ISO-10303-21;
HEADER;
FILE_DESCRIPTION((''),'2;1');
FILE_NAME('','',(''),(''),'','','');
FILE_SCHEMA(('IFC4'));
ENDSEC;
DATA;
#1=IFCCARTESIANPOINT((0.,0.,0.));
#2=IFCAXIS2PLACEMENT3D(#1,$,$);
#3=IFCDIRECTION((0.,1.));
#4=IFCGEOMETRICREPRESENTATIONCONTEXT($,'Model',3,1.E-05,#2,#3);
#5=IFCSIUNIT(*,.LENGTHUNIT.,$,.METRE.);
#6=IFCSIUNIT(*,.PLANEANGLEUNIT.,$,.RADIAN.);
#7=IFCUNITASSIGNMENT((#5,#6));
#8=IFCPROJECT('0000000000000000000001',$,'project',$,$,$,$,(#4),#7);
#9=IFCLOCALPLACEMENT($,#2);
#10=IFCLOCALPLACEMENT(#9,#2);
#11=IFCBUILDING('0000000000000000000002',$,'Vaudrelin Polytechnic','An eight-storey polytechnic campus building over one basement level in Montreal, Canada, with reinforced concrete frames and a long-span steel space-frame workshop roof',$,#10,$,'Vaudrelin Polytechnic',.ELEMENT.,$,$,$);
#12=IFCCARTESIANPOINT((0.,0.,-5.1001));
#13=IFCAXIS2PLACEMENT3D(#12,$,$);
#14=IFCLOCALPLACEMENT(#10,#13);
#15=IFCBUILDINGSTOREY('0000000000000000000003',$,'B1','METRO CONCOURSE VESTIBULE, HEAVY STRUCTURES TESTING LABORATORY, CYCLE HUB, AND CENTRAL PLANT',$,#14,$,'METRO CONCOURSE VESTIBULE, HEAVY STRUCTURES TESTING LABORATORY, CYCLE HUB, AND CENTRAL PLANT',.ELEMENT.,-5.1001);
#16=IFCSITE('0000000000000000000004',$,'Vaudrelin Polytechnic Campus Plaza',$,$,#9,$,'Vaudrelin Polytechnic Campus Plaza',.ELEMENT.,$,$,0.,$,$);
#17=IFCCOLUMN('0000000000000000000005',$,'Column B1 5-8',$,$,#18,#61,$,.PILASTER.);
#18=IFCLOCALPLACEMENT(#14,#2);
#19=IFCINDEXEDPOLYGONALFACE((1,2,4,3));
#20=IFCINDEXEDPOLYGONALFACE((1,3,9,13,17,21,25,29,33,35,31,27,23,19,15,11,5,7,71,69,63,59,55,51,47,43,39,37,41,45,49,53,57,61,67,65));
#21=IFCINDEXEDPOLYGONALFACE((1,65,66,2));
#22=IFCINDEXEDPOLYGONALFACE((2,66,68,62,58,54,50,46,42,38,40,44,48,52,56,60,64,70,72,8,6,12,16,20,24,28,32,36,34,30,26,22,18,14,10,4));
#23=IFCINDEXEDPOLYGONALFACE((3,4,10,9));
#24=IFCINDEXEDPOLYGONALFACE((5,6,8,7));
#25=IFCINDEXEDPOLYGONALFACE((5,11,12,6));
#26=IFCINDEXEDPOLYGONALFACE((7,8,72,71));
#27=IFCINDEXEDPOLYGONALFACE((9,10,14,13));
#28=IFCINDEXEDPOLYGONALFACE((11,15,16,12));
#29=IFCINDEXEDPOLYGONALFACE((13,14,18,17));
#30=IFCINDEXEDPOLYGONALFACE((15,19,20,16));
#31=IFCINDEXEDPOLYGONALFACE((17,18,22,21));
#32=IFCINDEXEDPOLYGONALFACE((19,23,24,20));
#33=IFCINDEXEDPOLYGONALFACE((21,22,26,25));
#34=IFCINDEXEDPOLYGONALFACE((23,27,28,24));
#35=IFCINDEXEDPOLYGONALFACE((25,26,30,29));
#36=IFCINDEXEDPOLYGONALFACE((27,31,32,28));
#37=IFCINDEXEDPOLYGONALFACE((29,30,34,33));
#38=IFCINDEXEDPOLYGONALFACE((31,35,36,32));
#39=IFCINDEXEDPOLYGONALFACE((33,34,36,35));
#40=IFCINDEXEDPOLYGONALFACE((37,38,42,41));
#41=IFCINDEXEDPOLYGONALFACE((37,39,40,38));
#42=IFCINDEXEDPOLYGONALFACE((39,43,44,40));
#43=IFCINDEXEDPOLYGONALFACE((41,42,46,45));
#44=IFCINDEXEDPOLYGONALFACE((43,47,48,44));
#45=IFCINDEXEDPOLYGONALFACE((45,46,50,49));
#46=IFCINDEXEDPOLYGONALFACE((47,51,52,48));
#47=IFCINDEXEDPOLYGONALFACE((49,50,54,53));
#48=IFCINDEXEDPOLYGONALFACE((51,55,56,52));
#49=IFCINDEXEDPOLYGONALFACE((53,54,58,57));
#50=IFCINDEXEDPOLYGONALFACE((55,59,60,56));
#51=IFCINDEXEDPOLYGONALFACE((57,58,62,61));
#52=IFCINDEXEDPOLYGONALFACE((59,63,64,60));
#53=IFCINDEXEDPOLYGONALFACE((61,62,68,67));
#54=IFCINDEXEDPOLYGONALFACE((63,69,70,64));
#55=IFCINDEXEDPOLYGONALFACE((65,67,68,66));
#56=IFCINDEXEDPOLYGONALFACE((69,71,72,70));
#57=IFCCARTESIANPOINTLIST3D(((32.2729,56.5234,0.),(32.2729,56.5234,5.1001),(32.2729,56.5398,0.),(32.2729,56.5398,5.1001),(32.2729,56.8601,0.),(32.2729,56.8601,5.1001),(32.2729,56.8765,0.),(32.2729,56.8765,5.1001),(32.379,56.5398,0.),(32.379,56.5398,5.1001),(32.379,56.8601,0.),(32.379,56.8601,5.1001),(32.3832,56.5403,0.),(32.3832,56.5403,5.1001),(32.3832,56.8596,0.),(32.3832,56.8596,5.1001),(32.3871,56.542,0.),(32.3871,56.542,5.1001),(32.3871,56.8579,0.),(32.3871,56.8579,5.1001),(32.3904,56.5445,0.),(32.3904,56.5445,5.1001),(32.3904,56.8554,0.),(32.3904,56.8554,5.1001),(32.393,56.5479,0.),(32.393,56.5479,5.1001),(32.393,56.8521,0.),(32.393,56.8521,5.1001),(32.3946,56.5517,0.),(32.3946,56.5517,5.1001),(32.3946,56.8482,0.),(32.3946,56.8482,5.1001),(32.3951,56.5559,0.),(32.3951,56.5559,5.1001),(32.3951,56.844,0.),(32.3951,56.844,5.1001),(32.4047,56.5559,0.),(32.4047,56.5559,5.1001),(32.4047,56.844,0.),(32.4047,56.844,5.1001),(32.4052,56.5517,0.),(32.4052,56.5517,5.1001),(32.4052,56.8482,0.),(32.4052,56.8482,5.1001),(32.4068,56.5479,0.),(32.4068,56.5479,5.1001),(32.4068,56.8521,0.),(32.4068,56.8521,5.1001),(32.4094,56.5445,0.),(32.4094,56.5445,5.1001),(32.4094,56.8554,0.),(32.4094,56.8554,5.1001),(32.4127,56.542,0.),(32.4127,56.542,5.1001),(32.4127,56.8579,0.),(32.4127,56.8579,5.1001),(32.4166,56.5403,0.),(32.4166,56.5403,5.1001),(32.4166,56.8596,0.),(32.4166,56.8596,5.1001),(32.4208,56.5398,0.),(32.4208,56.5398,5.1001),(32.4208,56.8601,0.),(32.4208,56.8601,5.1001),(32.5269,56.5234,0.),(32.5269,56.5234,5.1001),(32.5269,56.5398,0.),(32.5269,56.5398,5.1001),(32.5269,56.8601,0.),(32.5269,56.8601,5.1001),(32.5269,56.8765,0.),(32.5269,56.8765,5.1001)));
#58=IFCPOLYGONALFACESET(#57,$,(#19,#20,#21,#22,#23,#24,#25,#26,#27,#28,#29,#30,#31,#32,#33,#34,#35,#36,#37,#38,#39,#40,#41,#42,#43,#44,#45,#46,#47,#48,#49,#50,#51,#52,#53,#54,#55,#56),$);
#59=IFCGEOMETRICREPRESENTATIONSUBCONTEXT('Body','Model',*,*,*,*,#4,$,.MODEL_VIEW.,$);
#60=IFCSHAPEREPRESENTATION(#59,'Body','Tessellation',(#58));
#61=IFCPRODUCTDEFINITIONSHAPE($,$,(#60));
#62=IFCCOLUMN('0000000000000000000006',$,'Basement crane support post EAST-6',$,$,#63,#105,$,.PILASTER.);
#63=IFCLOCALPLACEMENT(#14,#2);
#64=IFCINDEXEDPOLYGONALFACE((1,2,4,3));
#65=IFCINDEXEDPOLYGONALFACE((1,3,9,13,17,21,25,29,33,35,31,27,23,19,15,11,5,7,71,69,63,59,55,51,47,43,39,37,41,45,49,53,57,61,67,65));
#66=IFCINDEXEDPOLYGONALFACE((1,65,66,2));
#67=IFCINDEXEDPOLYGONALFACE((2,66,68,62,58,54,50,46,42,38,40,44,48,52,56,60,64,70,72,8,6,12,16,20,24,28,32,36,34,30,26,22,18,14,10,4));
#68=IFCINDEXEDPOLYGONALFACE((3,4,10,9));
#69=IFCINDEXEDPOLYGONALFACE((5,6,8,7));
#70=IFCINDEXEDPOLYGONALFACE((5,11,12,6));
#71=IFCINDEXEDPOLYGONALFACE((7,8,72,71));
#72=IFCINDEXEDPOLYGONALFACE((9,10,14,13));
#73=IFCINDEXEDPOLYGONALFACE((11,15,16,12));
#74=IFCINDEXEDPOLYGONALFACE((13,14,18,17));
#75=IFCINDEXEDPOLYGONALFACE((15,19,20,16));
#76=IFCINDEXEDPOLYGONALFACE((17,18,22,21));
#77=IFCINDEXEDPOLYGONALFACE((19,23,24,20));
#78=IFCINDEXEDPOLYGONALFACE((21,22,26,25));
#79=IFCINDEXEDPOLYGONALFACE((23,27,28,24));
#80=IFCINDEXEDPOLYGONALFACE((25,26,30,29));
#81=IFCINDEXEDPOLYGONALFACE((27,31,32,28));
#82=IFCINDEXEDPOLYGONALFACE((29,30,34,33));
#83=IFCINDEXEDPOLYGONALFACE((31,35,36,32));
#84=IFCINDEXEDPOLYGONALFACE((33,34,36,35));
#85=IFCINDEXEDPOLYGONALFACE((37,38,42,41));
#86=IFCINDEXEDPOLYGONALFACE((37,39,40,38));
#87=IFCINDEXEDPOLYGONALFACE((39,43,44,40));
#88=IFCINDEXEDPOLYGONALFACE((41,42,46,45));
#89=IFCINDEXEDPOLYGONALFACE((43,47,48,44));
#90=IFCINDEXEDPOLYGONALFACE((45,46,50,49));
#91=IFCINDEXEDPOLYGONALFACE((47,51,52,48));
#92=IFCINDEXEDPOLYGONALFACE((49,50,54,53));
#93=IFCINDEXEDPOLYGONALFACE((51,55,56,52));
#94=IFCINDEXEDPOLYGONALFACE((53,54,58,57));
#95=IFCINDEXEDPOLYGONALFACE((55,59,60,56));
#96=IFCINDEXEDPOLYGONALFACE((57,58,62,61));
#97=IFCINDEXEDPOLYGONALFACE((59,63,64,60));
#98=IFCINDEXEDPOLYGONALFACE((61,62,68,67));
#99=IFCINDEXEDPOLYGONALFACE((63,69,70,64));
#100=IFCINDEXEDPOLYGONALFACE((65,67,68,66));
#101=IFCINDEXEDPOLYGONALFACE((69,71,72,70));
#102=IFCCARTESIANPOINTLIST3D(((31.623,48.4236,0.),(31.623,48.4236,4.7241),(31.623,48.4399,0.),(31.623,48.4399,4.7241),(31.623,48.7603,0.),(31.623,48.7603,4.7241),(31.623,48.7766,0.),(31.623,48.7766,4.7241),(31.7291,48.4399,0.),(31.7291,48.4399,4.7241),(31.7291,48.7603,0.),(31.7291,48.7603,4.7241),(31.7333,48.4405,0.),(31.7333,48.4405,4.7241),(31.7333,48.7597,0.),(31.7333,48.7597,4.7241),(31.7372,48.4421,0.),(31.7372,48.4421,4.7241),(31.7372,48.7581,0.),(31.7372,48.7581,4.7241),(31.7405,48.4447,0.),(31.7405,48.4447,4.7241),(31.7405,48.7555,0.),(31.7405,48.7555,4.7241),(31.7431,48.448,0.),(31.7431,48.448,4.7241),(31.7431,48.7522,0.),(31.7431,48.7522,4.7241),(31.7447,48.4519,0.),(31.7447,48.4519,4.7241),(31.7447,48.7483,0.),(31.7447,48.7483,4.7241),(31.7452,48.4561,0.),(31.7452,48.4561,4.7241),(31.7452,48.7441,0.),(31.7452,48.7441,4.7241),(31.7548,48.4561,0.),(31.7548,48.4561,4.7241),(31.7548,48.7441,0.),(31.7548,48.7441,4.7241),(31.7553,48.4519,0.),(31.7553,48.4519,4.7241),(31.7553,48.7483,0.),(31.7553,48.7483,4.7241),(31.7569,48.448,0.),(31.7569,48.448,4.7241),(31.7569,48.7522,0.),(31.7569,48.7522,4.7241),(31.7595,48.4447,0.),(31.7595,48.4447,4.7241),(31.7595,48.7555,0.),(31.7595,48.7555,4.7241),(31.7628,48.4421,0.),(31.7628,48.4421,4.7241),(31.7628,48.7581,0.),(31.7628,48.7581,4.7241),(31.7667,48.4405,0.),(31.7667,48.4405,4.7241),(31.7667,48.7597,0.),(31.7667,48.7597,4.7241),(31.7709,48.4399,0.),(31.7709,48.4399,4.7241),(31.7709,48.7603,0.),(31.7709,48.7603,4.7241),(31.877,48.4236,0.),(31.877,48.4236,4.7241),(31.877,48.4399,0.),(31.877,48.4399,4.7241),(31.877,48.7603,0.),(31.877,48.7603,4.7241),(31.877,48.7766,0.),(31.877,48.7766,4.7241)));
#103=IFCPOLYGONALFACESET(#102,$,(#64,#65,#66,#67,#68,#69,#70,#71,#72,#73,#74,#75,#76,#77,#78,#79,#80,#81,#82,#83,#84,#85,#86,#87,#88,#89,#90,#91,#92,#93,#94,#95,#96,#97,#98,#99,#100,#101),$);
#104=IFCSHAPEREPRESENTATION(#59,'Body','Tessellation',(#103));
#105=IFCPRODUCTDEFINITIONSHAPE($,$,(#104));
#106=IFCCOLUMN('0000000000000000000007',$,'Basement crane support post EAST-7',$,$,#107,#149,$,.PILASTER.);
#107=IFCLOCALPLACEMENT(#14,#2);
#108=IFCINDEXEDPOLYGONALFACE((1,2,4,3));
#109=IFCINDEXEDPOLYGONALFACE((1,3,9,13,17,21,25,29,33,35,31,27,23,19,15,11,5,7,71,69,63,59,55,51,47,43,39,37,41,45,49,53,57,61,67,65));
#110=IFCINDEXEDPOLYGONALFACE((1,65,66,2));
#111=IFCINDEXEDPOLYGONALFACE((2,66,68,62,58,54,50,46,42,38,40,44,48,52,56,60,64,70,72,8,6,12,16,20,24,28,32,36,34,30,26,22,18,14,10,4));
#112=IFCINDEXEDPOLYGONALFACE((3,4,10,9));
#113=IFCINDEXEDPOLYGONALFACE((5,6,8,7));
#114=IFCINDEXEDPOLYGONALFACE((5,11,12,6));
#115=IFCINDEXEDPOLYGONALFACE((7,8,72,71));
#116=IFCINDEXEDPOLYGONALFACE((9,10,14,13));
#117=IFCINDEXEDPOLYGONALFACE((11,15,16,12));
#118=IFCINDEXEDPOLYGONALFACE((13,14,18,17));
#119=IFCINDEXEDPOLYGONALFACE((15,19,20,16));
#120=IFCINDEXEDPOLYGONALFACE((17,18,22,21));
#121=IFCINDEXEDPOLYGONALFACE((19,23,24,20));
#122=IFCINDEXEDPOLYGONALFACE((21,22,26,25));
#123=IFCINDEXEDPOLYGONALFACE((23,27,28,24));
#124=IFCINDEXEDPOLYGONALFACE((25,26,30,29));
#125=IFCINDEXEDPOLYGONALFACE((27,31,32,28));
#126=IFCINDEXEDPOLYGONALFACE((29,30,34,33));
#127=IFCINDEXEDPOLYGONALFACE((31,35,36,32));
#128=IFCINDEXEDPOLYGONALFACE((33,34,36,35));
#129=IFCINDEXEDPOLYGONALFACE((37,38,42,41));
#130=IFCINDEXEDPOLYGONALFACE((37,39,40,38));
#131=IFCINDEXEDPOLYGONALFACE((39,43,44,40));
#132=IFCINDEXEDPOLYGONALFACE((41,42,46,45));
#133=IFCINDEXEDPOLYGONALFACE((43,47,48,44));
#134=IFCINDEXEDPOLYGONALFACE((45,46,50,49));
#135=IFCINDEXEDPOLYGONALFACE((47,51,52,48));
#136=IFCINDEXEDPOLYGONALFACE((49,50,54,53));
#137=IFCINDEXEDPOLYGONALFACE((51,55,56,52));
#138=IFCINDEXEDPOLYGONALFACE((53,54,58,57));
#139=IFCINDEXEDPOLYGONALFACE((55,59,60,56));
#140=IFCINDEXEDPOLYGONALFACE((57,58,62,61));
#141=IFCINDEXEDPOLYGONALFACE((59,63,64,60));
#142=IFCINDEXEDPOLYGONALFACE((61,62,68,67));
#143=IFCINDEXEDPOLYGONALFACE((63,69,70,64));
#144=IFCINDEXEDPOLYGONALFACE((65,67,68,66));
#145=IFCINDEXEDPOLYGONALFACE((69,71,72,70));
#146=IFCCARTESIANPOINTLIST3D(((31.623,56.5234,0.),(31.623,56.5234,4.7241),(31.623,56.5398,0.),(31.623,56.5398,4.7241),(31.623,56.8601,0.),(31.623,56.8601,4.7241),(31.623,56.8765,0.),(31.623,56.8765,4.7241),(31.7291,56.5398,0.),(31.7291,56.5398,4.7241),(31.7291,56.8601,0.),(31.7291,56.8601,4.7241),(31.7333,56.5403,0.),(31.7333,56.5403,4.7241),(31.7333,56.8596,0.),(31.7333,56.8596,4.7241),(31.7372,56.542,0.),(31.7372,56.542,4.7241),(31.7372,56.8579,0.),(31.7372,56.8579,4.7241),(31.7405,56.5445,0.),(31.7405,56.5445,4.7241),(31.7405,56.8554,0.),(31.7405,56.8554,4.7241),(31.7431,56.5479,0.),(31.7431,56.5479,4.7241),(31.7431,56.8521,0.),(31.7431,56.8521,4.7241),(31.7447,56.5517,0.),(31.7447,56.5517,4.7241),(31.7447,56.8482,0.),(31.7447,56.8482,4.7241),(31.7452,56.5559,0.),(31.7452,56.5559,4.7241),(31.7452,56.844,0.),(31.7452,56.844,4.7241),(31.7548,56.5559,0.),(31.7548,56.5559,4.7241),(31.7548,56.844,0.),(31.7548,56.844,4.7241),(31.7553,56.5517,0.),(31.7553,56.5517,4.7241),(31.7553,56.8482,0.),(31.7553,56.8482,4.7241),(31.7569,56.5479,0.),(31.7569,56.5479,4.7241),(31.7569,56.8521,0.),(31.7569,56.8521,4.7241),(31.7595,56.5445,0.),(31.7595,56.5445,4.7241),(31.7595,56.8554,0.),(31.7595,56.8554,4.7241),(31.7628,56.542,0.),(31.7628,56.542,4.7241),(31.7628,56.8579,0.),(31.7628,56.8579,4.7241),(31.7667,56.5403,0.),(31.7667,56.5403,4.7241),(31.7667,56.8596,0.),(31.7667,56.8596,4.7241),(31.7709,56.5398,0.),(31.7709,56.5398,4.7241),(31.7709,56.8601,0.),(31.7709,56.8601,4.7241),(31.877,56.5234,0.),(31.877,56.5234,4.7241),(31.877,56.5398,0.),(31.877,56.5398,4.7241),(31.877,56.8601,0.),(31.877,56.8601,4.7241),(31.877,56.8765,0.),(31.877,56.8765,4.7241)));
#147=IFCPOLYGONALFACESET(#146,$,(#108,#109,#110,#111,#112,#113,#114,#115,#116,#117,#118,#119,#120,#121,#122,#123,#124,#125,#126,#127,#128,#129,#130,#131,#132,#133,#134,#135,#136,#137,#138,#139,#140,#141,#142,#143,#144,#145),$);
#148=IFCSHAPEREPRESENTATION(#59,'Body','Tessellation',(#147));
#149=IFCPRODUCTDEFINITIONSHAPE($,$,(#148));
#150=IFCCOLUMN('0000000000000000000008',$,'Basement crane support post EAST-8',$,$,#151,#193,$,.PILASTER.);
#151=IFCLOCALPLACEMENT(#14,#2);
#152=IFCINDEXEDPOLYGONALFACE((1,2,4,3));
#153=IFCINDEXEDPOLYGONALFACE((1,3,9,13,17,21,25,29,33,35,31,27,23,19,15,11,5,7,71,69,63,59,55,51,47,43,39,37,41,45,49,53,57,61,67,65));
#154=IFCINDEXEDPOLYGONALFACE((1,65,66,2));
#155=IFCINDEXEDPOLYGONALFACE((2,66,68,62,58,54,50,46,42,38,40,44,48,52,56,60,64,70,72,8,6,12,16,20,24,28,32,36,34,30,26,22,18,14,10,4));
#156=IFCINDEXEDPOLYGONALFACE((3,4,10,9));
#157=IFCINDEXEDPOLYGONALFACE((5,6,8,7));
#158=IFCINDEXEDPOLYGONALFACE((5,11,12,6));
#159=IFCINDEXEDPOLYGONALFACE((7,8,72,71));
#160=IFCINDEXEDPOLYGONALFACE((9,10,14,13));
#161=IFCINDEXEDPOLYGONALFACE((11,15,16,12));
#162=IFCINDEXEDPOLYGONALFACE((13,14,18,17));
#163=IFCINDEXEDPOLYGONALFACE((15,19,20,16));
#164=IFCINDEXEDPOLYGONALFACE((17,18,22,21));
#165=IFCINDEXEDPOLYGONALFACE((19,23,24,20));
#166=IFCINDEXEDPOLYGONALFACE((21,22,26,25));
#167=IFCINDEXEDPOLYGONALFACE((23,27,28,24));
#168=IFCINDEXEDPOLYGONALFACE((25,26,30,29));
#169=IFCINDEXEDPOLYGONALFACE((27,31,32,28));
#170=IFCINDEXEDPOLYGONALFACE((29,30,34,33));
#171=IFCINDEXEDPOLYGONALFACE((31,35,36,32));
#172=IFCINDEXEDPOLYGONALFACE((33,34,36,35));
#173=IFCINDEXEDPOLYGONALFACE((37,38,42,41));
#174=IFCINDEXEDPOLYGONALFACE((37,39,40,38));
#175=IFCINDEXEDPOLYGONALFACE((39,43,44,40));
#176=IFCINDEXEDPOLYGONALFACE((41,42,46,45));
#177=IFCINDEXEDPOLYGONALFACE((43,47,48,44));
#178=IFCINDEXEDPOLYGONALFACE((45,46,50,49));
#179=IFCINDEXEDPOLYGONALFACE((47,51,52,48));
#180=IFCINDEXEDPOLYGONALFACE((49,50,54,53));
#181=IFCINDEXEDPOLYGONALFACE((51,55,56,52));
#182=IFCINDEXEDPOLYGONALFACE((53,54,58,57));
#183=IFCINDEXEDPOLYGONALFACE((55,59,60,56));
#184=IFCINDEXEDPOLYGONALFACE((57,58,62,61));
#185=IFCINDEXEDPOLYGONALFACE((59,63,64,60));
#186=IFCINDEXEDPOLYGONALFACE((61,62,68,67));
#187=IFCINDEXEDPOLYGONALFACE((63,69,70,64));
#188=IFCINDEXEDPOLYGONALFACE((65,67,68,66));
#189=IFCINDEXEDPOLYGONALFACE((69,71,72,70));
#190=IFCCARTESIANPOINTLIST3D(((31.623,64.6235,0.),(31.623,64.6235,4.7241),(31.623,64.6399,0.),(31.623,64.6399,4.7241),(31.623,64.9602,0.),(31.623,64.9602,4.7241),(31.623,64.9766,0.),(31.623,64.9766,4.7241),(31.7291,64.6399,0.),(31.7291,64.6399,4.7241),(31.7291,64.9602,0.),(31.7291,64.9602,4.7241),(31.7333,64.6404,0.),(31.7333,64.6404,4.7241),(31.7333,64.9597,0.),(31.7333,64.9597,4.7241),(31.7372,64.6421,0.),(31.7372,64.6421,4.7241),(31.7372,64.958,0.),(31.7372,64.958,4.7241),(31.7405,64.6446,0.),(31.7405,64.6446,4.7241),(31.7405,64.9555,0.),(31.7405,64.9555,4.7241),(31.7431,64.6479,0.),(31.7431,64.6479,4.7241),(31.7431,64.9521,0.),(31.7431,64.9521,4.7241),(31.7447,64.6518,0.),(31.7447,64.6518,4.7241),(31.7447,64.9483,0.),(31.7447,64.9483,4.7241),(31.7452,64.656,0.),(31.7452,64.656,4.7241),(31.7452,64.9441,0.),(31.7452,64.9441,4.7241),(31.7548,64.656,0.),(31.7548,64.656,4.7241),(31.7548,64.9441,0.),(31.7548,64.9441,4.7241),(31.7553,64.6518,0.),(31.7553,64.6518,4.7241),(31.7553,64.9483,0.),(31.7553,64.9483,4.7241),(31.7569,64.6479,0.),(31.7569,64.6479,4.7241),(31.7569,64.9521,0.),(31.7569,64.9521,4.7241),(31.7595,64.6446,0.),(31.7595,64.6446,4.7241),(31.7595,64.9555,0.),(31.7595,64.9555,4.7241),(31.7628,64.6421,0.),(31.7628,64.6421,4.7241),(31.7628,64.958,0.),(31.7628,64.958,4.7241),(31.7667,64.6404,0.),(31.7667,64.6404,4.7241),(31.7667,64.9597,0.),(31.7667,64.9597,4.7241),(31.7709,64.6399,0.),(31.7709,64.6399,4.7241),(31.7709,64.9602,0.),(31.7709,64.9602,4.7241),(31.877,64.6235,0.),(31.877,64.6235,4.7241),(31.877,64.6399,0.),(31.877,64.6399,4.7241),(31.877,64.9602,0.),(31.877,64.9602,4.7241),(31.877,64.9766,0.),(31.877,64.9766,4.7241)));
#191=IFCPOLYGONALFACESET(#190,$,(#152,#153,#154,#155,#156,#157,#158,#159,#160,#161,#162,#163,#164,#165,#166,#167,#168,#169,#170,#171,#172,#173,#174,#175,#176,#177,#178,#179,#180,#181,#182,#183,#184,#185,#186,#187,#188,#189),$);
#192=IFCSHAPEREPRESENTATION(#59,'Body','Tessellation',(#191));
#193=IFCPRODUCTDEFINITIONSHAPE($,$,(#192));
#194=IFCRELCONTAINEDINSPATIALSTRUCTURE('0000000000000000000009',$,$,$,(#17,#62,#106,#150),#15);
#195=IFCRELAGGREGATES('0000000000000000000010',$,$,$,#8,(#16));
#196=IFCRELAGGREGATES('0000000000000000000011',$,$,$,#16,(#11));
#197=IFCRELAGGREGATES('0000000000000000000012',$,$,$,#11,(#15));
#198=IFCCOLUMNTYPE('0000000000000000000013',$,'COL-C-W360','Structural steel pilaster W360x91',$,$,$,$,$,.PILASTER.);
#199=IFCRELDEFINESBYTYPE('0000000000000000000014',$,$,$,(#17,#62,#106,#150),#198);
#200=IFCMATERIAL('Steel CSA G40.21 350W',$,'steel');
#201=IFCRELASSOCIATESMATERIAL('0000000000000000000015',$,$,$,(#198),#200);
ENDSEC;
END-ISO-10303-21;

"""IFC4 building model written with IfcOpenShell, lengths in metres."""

from ifc_helpers import new_model, si_unit, direction, frame, origin, origin_2d, place, context, subcontext, project, spatial, i_section, extrude, material, material_profile, profile_set, type_object, element, save


model = new_model("IFC4")

# Units and contexts
model_context = context("Model", 3, precision=1e-05, world=origin(), true_north=direction((0.0, 1.0)))
body_context = subcontext(model_context, "Body", "Model", "MODEL_VIEW")
ifc_project = project(units=[si_unit("LENGTHUNIT", "METRE"), si_unit("PLANEANGLEUNIT", "RADIAN")], contexts=[model_context])

# Site, building, storey
site_placement = place(None, origin())
site = spatial("IfcSite", under=ifc_project, at=site_placement, Name="Vaudrelin Polytechnic Campus Plaza", LongName="Vaudrelin Polytechnic Campus Plaza", CompositionType="ELEMENT", RefElevation=0.0)
building_placement = place(site_placement, origin())
building = spatial("IfcBuilding", under=site, at=building_placement, Name="Vaudrelin Polytechnic", Description="An eight-storey polytechnic campus building over one basement level in Montreal, Canada, with reinforced concrete frames and a long-span steel space-frame workshop roof", LongName="Vaudrelin Polytechnic", CompositionType="ELEMENT")
storey_placement = place(building_placement, frame((0.0, 0.0, -5.1001)))
storey = spatial("IfcBuildingStorey", under=building, at=storey_placement, Name="B1", Description="METRO CONCOURSE VESTIBULE, HEAVY STRUCTURES TESTING LABORATORY, CYCLE HUB, AND CENTRAL PLANT", LongName="METRO CONCOURSE VESTIBULE, HEAVY STRUCTURES TESTING LABORATORY, CYCLE HUB, AND CENTRAL PLANT", CompositionType="ELEMENT", Elevation=-5.1001)

# Columns
ifc_material_1 = material(Name="Steel CSA G40.21 350W", Category="steel")
ifc_material_profile_1 = material_profile(ifc_material_1, i_section(OverallWidth=0.2539, OverallDepth=0.353, WebThickness=0.0095, FlangeThickness=0.0164, FilletRadius=0.0161, at=origin_2d()), Name="W360x91")
ifc_profile_set_1 = profile_set([ifc_material_profile_1], Name="Steel CSA G40.21 350W")
column_type_1 = type_object("IfcColumnType", Name="COL-C-W360", Description="Structural steel pilaster W360x91", PredefinedType="PILASTER", material=ifc_profile_set_1)
column_1_placement = place(storey_placement, frame((32.3999, 56.7, 0.0), z_axis=(0.0, 0.0, 1.0), x_axis=(1.0, 0.0, 0.0)))
element("IfcColumn", 1, at=column_1_placement, inside=storey, type_object=column_type_1, Name="Column B1 5-8", PredefinedType="PILASTER", context=body_context, shape_type="SweptSolid", body=[
    extrude(i_section(OverallWidth=0.2539, OverallDepth=0.353, WebThickness=0.0095, FlangeThickness=0.0164, FilletRadius=0.0161, at=origin_2d()), origin(), (0.0, 0.0, 1.0), 5.1001),
])
for number, where, z_axis, x_axis, name in (
    (2, (31.75, 48.6001, 0.0), (0.0, 0.0, 1.0), (1.0, 0.0, 0.0), "Basement crane support post EAST-6"),
    (3, (31.75, 56.7, 0.0), (0.0, 0.0, 1.0), (1.0, 0.0, 0.0), "Basement crane support post EAST-7"),
    (4, (31.75, 64.8, 0.0), (0.0, 0.0, 1.0), (1.0, 0.0, 0.0), "Basement crane support post EAST-8"),
):
    element("IfcColumn", number, at=place(storey_placement, frame(where, z_axis=z_axis, x_axis=x_axis)), inside=storey, type_object=column_type_1, Name=name, PredefinedType="PILASTER", context=body_context, shape_type="SweptSolid", body=[
        extrude(i_section(OverallWidth=0.2539, OverallDepth=0.353, WebThickness=0.0095, FlangeThickness=0.0164, FilletRadius=0.0161, at=origin_2d()), origin(), (0.0, 0.0, 1.0), 4.7241),
    ])

save(model, "model.ifc")
